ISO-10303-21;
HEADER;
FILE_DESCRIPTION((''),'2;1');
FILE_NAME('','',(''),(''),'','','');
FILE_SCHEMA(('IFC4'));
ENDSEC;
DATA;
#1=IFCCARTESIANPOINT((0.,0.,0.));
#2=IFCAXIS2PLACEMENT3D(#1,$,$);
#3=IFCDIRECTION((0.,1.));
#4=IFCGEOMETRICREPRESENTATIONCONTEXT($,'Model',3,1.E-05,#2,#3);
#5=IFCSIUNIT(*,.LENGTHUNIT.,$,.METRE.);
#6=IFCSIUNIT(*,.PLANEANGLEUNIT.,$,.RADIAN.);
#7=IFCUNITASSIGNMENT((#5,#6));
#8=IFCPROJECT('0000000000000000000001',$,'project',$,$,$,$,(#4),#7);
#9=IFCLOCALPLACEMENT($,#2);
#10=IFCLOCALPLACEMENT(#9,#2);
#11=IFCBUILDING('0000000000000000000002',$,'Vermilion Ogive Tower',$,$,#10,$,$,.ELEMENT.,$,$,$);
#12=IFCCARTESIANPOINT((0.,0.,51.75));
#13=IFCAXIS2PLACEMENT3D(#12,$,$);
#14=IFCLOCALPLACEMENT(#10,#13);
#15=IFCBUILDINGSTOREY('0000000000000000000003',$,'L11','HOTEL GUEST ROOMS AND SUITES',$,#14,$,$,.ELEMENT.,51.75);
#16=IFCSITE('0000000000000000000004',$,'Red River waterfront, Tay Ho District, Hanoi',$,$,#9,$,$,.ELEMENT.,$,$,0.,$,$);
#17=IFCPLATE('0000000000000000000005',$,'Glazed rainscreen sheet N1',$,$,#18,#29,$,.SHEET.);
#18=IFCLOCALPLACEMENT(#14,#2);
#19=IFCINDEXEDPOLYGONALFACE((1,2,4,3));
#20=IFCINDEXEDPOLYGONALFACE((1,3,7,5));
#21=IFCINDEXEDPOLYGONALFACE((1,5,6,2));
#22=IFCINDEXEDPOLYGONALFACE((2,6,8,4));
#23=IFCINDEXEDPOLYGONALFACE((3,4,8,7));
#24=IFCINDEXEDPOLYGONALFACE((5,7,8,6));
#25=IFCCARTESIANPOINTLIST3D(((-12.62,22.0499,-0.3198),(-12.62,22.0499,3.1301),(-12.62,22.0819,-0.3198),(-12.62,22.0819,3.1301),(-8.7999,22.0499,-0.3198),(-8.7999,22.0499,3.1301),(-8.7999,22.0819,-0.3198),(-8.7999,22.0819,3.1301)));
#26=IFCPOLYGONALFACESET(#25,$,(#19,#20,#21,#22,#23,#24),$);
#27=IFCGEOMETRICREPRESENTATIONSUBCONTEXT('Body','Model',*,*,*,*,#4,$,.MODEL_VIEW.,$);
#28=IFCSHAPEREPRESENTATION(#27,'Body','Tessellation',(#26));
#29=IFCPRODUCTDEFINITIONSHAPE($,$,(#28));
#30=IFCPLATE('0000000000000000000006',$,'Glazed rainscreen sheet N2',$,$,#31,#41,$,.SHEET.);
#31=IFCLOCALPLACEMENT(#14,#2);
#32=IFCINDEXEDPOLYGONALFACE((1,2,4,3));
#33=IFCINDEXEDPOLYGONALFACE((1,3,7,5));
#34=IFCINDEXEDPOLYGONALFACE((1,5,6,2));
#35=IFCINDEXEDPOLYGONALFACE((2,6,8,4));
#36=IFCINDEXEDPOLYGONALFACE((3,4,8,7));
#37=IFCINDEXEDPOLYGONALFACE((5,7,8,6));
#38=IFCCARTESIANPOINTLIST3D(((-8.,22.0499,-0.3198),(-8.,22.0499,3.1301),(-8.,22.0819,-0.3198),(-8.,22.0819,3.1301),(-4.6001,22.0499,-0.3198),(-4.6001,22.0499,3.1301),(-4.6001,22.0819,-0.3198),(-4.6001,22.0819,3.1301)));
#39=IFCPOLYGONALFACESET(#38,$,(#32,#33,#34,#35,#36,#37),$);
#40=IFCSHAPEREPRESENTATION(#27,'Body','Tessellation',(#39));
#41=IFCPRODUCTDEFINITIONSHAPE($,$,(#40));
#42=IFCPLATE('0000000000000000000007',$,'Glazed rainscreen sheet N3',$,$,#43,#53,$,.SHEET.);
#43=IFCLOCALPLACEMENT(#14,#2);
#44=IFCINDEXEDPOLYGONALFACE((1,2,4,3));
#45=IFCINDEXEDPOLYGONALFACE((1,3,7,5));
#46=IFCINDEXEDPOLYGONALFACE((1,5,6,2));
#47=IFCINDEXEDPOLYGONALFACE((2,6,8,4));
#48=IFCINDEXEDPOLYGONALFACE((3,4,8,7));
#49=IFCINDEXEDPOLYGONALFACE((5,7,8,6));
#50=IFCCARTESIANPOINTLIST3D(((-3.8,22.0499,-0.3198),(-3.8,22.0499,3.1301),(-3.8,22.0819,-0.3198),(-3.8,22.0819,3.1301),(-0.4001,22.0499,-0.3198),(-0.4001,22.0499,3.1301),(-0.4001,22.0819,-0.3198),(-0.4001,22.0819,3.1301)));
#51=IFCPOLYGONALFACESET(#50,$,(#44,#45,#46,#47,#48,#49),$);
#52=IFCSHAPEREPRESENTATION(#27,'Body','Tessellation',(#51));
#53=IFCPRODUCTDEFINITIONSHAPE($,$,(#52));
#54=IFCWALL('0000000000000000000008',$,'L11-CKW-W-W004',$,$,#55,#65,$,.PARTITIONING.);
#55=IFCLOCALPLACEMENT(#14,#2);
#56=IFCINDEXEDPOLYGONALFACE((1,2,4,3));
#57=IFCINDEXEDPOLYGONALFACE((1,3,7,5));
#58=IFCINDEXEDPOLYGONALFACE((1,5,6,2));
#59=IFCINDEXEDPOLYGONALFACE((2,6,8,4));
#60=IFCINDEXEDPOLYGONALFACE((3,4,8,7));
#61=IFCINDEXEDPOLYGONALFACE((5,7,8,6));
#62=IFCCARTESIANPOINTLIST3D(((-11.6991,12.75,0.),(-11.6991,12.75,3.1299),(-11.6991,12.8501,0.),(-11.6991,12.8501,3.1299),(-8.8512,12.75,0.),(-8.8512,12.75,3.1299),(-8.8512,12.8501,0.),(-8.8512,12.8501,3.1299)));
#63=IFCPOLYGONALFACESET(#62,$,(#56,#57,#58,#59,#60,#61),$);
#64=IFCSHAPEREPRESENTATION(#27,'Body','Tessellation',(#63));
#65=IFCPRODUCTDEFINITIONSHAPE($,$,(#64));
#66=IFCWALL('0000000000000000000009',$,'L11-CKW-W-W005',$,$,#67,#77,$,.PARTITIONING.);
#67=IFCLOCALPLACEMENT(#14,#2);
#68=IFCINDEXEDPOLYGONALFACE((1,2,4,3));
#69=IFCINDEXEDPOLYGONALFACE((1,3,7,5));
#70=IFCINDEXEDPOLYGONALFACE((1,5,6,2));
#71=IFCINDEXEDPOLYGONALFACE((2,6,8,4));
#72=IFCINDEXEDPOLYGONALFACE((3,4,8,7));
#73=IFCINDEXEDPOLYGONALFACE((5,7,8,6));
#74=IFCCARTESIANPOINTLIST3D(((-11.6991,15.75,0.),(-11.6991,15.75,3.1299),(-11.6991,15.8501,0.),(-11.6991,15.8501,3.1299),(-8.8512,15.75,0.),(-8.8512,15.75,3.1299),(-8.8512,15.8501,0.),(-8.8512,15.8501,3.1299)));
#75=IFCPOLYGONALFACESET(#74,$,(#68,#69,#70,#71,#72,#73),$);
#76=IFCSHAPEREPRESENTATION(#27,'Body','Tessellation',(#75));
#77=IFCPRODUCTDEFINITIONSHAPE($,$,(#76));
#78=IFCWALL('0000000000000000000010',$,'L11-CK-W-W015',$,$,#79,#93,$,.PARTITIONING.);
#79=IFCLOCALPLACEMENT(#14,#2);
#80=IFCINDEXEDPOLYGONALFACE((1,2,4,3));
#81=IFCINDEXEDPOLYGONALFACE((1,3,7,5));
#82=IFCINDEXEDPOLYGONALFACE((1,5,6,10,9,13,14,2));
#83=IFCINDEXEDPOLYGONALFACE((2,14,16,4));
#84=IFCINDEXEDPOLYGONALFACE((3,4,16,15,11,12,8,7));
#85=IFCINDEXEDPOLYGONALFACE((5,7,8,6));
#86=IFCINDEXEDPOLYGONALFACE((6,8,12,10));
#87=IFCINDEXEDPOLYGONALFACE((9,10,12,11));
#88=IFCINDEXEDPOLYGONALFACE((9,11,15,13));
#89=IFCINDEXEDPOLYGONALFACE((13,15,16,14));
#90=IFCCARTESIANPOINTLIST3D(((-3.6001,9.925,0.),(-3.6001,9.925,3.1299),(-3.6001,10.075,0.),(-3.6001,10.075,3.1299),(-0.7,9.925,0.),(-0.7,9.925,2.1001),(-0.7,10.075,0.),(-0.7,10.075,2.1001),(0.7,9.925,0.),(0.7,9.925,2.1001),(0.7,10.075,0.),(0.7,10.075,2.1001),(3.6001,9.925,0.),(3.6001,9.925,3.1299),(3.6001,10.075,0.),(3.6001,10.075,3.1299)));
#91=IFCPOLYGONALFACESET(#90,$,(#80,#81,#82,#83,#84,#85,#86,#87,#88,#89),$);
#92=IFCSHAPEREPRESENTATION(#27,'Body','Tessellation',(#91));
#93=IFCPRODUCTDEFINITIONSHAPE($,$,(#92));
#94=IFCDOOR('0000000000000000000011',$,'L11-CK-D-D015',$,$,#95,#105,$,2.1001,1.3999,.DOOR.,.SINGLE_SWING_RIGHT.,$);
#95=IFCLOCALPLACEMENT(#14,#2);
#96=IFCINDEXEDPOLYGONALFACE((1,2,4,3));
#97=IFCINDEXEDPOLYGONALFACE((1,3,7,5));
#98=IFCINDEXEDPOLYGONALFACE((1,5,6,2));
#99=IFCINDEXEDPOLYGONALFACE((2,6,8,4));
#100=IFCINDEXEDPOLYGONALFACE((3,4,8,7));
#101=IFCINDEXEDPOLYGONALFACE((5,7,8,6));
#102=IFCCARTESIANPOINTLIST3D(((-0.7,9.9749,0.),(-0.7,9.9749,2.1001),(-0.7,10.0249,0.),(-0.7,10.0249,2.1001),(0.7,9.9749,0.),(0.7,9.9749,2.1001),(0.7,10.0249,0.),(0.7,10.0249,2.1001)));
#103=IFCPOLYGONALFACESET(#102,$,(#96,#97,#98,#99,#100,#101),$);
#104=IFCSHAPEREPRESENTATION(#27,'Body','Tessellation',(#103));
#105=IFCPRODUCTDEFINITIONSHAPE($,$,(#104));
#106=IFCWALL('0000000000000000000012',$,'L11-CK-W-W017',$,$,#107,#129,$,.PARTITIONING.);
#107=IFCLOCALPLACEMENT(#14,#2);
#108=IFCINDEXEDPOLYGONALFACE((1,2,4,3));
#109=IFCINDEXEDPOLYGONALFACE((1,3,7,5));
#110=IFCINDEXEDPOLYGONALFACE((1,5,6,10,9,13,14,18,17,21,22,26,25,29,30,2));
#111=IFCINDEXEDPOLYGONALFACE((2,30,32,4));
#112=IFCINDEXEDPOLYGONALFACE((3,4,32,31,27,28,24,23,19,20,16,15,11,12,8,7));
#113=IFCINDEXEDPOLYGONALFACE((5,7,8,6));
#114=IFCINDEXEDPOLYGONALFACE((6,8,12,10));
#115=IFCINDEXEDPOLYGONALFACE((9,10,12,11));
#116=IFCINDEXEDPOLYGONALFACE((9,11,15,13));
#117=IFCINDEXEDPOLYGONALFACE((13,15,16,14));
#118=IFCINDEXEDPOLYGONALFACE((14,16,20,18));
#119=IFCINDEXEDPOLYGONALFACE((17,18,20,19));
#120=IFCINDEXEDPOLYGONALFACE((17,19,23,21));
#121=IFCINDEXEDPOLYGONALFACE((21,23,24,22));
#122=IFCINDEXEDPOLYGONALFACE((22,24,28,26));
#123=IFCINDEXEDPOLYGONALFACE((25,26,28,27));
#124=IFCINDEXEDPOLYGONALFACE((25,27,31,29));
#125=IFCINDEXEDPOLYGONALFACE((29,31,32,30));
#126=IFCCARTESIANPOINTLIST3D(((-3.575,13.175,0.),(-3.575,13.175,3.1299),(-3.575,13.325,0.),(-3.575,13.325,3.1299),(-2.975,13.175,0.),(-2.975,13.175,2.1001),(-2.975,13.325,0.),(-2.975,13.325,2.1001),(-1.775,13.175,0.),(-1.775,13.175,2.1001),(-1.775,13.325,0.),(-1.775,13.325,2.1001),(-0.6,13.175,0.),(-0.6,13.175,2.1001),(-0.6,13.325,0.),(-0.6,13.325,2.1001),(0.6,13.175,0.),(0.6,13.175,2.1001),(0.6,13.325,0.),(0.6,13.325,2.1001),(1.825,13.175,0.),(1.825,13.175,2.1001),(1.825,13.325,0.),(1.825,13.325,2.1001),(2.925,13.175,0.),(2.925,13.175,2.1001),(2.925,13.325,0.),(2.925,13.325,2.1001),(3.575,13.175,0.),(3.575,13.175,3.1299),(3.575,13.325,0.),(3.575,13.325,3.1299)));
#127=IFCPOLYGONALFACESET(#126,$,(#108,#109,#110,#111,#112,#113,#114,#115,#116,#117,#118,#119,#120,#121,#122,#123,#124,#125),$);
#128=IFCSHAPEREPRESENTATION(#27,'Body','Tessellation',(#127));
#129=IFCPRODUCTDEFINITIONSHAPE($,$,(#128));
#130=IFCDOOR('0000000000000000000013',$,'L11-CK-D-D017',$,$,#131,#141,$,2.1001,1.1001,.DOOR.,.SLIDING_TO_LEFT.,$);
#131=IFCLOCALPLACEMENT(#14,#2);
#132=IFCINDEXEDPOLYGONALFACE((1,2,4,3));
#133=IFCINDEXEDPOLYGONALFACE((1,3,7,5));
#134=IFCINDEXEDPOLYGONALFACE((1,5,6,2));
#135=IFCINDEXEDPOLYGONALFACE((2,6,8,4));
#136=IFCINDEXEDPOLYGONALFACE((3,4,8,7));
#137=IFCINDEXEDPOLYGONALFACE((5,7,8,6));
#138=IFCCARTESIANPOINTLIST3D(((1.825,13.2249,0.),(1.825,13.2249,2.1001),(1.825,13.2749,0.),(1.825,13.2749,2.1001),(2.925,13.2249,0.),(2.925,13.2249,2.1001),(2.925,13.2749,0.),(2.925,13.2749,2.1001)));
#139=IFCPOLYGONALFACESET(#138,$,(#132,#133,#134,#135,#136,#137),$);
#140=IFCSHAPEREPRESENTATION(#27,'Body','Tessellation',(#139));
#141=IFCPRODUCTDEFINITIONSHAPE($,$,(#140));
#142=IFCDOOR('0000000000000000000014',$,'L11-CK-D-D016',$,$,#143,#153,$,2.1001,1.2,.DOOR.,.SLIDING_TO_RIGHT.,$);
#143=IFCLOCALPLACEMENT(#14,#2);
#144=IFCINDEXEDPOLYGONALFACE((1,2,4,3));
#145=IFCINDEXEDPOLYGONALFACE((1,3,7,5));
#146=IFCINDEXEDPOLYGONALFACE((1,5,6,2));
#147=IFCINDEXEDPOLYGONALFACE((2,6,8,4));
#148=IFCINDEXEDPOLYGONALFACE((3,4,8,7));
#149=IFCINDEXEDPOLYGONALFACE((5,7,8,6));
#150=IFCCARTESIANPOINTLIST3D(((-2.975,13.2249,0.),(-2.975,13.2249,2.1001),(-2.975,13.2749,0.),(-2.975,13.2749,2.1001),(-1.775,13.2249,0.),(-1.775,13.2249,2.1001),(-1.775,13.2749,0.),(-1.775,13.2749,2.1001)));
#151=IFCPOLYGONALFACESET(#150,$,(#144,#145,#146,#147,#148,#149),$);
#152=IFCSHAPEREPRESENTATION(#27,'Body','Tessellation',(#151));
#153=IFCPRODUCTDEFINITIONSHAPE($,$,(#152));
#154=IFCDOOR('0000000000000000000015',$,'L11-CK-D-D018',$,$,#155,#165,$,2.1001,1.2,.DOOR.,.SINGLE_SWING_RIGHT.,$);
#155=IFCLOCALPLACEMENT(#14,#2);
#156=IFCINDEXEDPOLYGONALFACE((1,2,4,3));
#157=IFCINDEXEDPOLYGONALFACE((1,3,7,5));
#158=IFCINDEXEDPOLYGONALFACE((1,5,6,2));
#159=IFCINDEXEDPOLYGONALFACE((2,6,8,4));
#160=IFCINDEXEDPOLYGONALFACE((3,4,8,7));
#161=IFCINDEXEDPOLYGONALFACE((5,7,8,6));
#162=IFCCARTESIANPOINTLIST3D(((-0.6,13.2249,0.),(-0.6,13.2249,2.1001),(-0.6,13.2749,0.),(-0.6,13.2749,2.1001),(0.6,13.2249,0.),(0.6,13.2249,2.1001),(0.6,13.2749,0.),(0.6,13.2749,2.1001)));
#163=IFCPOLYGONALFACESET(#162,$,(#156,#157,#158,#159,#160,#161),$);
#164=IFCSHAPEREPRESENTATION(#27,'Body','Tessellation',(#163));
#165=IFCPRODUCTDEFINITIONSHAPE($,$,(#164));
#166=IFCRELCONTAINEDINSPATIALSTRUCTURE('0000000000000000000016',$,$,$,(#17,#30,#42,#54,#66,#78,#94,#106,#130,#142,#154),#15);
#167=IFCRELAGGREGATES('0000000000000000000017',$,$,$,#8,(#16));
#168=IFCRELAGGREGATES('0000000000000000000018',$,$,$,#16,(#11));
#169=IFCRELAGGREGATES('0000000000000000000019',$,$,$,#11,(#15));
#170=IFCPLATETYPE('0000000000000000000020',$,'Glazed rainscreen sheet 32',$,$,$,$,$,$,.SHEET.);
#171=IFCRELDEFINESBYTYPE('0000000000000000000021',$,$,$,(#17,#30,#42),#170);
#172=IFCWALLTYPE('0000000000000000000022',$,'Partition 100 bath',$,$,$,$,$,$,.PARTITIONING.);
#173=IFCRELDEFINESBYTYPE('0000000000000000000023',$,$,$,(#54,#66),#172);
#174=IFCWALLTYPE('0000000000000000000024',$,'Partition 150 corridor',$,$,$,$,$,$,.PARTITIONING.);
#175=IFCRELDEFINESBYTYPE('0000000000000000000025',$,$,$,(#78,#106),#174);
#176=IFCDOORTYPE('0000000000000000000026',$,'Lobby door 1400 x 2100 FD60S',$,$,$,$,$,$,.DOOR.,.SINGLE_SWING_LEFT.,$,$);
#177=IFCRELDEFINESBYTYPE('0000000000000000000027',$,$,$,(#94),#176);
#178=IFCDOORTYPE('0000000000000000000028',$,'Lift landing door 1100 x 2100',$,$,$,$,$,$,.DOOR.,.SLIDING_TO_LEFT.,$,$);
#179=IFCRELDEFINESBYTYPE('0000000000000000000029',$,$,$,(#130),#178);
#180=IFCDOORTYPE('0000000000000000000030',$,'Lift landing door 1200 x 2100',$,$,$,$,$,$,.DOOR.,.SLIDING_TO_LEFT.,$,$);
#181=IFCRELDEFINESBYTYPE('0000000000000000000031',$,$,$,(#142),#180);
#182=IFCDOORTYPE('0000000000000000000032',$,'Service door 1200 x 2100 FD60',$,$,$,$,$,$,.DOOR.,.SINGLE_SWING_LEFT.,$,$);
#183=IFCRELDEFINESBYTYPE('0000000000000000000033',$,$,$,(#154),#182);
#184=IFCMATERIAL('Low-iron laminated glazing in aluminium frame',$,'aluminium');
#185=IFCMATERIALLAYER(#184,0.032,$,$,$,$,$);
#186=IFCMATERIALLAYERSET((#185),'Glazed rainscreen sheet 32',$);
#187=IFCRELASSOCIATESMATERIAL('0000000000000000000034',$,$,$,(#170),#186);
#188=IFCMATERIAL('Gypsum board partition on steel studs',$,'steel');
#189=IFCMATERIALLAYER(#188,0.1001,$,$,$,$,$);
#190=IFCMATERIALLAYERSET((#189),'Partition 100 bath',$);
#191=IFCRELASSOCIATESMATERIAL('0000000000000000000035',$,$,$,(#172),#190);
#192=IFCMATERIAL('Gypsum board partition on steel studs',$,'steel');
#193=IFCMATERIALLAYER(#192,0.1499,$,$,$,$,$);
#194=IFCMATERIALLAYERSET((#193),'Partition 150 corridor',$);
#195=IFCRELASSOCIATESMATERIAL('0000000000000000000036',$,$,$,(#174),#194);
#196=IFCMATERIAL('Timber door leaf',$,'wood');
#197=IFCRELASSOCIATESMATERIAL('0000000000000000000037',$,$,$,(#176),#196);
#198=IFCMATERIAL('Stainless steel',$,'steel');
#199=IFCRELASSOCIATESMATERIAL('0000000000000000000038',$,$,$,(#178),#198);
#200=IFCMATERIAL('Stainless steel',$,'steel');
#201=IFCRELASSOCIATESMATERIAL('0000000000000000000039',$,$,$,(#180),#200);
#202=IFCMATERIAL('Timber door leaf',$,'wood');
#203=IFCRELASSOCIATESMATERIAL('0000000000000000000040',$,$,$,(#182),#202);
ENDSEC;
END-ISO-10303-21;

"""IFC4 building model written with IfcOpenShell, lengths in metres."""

from ifc_helpers import new_model, si_unit, direction, frame, frame_2d, origin, origin_2d, place, context, subcontext, project, spatial, rectangle, extrude, material, layer, layer_set, type_object, element, fill, save


model = new_model("IFC4")

# Units and contexts
model_context = context("Model", 3, precision=1e-05, world=origin(), true_north=direction((0.0, 1.0)))
body_context = subcontext(model_context, "Body", "Model", "MODEL_VIEW")
ifc_project = project(units=[si_unit("LENGTHUNIT", "METRE"), si_unit("PLANEANGLEUNIT", "RADIAN")], contexts=[model_context])

# Site, building, storey
site_placement = place(None, origin())
site = spatial("IfcSite", under=ifc_project, at=site_placement, Name="Red River waterfront, Tay Ho District, Hanoi", CompositionType="ELEMENT", RefElevation=0.0)
building_placement = place(site_placement, origin())
building = spatial("IfcBuilding", under=site, at=building_placement, Name="Vermilion Ogive Tower", CompositionType="ELEMENT")
storey_placement = place(building_placement, frame((0.0, 0.0, 51.75)))
storey = spatial("IfcBuildingStorey", under=building, at=storey_placement, Name="L11", Description="HOTEL GUEST ROOMS AND SUITES", CompositionType="ELEMENT", Elevation=51.75)

# Plates
ifc_material_1 = material(Name="Low-iron laminated glazing in aluminium frame", Category="aluminium")
ifc_layer_1 = layer(ifc_material_1, 0.032)
ifc_layer_set_1 = layer_set([ifc_layer_1], Name="Glazed rainscreen sheet 32")
plate_type = type_object("IfcPlateType", Name="Glazed rainscreen sheet 32", PredefinedType="SHEET", material=ifc_layer_set_1)
plate_placement = place(storey_placement, frame((-10.71, 22.0659, -0.3198), z_axis=(0.0, 0.0, 1.0), x_axis=(1.0, 0.0, 0.0)))
element("IfcPlate", 1, at=plate_placement, inside=storey, type_object=plate_type, Name="Glazed rainscreen sheet N1", PredefinedType="SHEET", context=body_context, shape_type="SweptSolid", body=[
    extrude(rectangle(XDim=3.8201, YDim=0.032, at=origin_2d()), origin(), (0.0, 0.0, 1.0), 3.45),
])
for number, where, z_axis, x_axis, name in (
    (2, (-6.3, 22.0659, -0.3198), (0.0, 0.0, 1.0), (1.0, 0.0, 0.0), "Glazed rainscreen sheet N2"),
    (3, (-2.1001, 22.0659, -0.3198), (0.0, 0.0, 1.0), (1.0, 0.0, 0.0), "Glazed rainscreen sheet N3"),
):
    element("IfcPlate", number, at=place(storey_placement, frame(where, z_axis=z_axis, x_axis=x_axis)), inside=storey, type_object=plate_type, Name=name, PredefinedType="SHEET", context=body_context, shape_type="SweptSolid", body=[
        extrude(rectangle(XDim=3.3999, YDim=0.032, at=origin_2d()), origin(), (0.0, 0.0, 1.0), 3.45),
    ])

# Walls
ifc_material_2 = material(Name="Gypsum board partition on steel studs", Category="steel")
ifc_layer_2 = layer(ifc_material_2, 0.1001)
ifc_layer_set_2 = layer_set([ifc_layer_2], Name="Partition 100 bath")
wall_type_1 = type_object("IfcWallType", Name="Partition 100 bath", PredefinedType="PARTITIONING", material=ifc_layer_set_2)
for number, where, z_axis, x_axis, name in (
    (4, (-11.699, 12.8, 0.0), (0.0, 0.0, 1.0), (1.0, 0.0, 0.0), "L11-CKW-W-W004"),
    (5, (-11.699, 15.8, 0.0), (0.0, 0.0, 1.0), (1.0, 0.0, 0.0), "L11-CKW-W-W005"),
):
    element("IfcWall", number, at=place(storey_placement, frame(where, z_axis=z_axis, x_axis=x_axis)), inside=storey, type_object=wall_type_1, Name=name, PredefinedType="PARTITIONING", context=body_context, shape_type="SweptSolid", body=[
        extrude(rectangle(XDim=2.8479, YDim=0.1001, at=frame_2d((1.4238, 0.0))), origin(), (0.0, 0.0, 1.0), 3.1299),
    ])

# Wall, opening, door
ifc_material_3 = material(Name="Gypsum board partition on steel studs", Category="steel")
ifc_layer_3 = layer(ifc_material_3, 0.1499)
ifc_layer_set_3 = layer_set([ifc_layer_3], Name="Partition 150 corridor")
wall_type_2 = type_object("IfcWallType", Name="Partition 150 corridor", PredefinedType="PARTITIONING", material=ifc_layer_set_3)
wall_1_placement = place(storey_placement, frame((-3.6001, 10.0, 0.0), z_axis=(0.0, 0.0, 1.0), x_axis=(1.0, 0.0, 0.0)))
wall_1 = element("IfcWall", 6, at=wall_1_placement, inside=storey, type_object=wall_type_2, Name="L11-CK-W-W015", PredefinedType="PARTITIONING", context=body_context, shape_type="SweptSolid", body=[
    extrude(rectangle(XDim=7.2002, YDim=0.1499, at=frame_2d((3.6001, 0.0))), origin(), (0.0, 0.0, 1.0), 3.1299),
])
opening_1_placement = place(wall_1_placement, frame((2.9001, 0.0, 0.0)))
opening_1 = element("IfcOpeningElement", 7, at=opening_1_placement, cuts=wall_1, PredefinedType="OPENING", context=body_context, shape_type="SweptSolid", body=[
    extrude(rectangle(XDim=1.3999, YDim=2.1001, at=frame_2d((0.7, 1.05))), frame((0.0, 0.085, 0.0), z_axis=(0.0, -1.0, 0.0), x_axis=(1.0, 0.0, 0.0)), (0.0, 0.0, 1.0), 0.1699),
])
ifc_material_4 = material(Name="Timber door leaf", Category="wood")
door_type_1 = type_object("IfcDoorType", Name="Lobby door 1400 x 2100 FD60S", OperationType="SINGLE_SWING_LEFT", PredefinedType="DOOR", material=ifc_material_4)
door_1_placement = place(opening_1_placement, origin())
door_1 = element("IfcDoor", 8, at=door_1_placement, inside=storey, type_object=door_type_1, Name="L11-CK-D-D015", OperationType="SINGLE_SWING_RIGHT", OverallHeight=2.1001, OverallWidth=1.3999, PredefinedType="DOOR", context=body_context, shape_type="SweptSolid", body=[
    extrude(rectangle(XDim=1.3999, YDim=2.1001, at=frame_2d((0.7, 1.05))), frame((0.0, 0.0249, 0.0), z_axis=(0.0, -1.0, 0.0), x_axis=(1.0, 0.0, 0.0)), (0.0, 0.0, 1.0), 0.05),
])
fill(opening_1, door_1)

# Wall, openings, doors
wall_2_placement = place(storey_placement, frame((-3.575, 13.25, 0.0), z_axis=(0.0, 0.0, 1.0), x_axis=(1.0, 0.0, 0.0)))
wall_2 = element("IfcWall", 9, at=wall_2_placement, inside=storey, type_object=wall_type_2, Name="L11-CK-W-W017", PredefinedType="PARTITIONING", context=body_context, shape_type="SweptSolid", body=[
    extrude(rectangle(XDim=7.1499, YDim=0.1499, at=frame_2d((3.575, 0.0))), origin(), (0.0, 0.0, 1.0), 3.1299),
])
opening_2_placement = place(wall_2_placement, frame((0.5999, 0.0, 0.0)))
opening_2 = element("IfcOpeningElement", 10, at=opening_2_placement, cuts=wall_2, PredefinedType="OPENING", context=body_context, shape_type="SweptSolid", body=[
    extrude(rectangle(XDim=1.2, YDim=2.1001, at=frame_2d((0.6001, 1.05))), frame((0.0, 0.085, 0.0), z_axis=(0.0, -1.0, 0.0), x_axis=(1.0, 0.0, 0.0)), (0.0, 0.0, 1.0), 0.1699),
])
opening_3_placement = place(wall_2_placement, frame((5.3999, 0.0, 0.0)))
opening_3 = element("IfcOpeningElement", 11, at=opening_3_placement, cuts=wall_2, PredefinedType="OPENING", context=body_context, shape_type="SweptSolid", body=[
    extrude(rectangle(XDim=1.1001, YDim=2.1001, at=frame_2d((0.55, 1.05))), frame((0.0, 0.085, 0.0), z_axis=(0.0, -1.0, 0.0), x_axis=(1.0, 0.0, 0.0)), (0.0, 0.0, 1.0), 0.1699),
])
opening_4_placement = place(wall_2_placement, frame((2.9749, 0.0, 0.0)))
opening_4 = element("IfcOpeningElement", 12, at=opening_4_placement, cuts=wall_2, PredefinedType="OPENING", context=body_context, shape_type="SweptSolid", body=[
    extrude(rectangle(XDim=1.2, YDim=2.1001, at=frame_2d((0.6001, 1.05))), frame((0.0, 0.085, 0.0), z_axis=(0.0, -1.0, 0.0), x_axis=(1.0, 0.0, 0.0)), (0.0, 0.0, 1.0), 0.1699),
])
ifc_material_5 = material(Name="Stainless steel", Category="steel")
door_type_2 = type_object("IfcDoorType", Name="Lift landing door 1100 x 2100", OperationType="SLIDING_TO_LEFT", PredefinedType="DOOR", material=ifc_material_5)
door_2_placement = place(opening_3_placement, origin())
door_2 = element("IfcDoor", 13, at=door_2_placement, inside=storey, type_object=door_type_2, Name="L11-CK-D-D017", OperationType="SLIDING_TO_LEFT", OverallHeight=2.1001, OverallWidth=1.1001, PredefinedType="DOOR", context=body_context, shape_type="SweptSolid", body=[
    extrude(rectangle(XDim=1.1001, YDim=2.1001, at=frame_2d((0.55, 1.05))), frame((0.0, 0.0249, 0.0), z_axis=(0.0, -1.0, 0.0), x_axis=(1.0, 0.0, 0.0)), (0.0, 0.0, 1.0), 0.05),
])
fill(opening_3, door_2)
ifc_material_6 = material(Name="Stainless steel", Category="steel")
door_type_3 = type_object("IfcDoorType", Name="Lift landing door 1200 x 2100", OperationType="SLIDING_TO_LEFT", PredefinedType="DOOR", material=ifc_material_6)
door_3_placement = place(opening_2_placement, origin())
door_3 = element("IfcDoor", 14, at=door_3_placement, inside=storey, type_object=door_type_3, Name="L11-CK-D-D016", OperationType="SLIDING_TO_RIGHT", OverallHeight=2.1001, OverallWidth=1.2, PredefinedType="DOOR", context=body_context, shape_type="SweptSolid", body=[
    extrude(rectangle(XDim=1.2, YDim=2.1001, at=frame_2d((0.6001, 1.05))), frame((0.0, 0.0249, 0.0), z_axis=(0.0, -1.0, 0.0), x_axis=(1.0, 0.0, 0.0)), (0.0, 0.0, 1.0), 0.05),
])
fill(opening_2, door_3)
ifc_material_7 = material(Name="Timber door leaf", Category="wood")
door_type_4 = type_object("IfcDoorType", Name="Service door 1200 x 2100 FD60", OperationType="SINGLE_SWING_LEFT", PredefinedType="DOOR", material=ifc_material_7)
door_4_placement = place(opening_4_placement, origin())
door_4 = element("IfcDoor", 15, at=door_4_placement, inside=storey, type_object=door_type_4, Name="L11-CK-D-D018", OperationType="SINGLE_SWING_RIGHT", OverallHeight=2.1001, OverallWidth=1.2, PredefinedType="DOOR", context=body_context, shape_type="SweptSolid", body=[
    extrude(rectangle(XDim=1.2, YDim=2.1001, at=frame_2d((0.6001, 1.05))), frame((0.0, 0.0249, 0.0), z_axis=(0.0, -1.0, 0.0), x_axis=(1.0, 0.0, 0.0)), (0.0, 0.0, 1.0), 0.05),
])
fill(opening_4, door_4)

save(model, "model.ifc")
